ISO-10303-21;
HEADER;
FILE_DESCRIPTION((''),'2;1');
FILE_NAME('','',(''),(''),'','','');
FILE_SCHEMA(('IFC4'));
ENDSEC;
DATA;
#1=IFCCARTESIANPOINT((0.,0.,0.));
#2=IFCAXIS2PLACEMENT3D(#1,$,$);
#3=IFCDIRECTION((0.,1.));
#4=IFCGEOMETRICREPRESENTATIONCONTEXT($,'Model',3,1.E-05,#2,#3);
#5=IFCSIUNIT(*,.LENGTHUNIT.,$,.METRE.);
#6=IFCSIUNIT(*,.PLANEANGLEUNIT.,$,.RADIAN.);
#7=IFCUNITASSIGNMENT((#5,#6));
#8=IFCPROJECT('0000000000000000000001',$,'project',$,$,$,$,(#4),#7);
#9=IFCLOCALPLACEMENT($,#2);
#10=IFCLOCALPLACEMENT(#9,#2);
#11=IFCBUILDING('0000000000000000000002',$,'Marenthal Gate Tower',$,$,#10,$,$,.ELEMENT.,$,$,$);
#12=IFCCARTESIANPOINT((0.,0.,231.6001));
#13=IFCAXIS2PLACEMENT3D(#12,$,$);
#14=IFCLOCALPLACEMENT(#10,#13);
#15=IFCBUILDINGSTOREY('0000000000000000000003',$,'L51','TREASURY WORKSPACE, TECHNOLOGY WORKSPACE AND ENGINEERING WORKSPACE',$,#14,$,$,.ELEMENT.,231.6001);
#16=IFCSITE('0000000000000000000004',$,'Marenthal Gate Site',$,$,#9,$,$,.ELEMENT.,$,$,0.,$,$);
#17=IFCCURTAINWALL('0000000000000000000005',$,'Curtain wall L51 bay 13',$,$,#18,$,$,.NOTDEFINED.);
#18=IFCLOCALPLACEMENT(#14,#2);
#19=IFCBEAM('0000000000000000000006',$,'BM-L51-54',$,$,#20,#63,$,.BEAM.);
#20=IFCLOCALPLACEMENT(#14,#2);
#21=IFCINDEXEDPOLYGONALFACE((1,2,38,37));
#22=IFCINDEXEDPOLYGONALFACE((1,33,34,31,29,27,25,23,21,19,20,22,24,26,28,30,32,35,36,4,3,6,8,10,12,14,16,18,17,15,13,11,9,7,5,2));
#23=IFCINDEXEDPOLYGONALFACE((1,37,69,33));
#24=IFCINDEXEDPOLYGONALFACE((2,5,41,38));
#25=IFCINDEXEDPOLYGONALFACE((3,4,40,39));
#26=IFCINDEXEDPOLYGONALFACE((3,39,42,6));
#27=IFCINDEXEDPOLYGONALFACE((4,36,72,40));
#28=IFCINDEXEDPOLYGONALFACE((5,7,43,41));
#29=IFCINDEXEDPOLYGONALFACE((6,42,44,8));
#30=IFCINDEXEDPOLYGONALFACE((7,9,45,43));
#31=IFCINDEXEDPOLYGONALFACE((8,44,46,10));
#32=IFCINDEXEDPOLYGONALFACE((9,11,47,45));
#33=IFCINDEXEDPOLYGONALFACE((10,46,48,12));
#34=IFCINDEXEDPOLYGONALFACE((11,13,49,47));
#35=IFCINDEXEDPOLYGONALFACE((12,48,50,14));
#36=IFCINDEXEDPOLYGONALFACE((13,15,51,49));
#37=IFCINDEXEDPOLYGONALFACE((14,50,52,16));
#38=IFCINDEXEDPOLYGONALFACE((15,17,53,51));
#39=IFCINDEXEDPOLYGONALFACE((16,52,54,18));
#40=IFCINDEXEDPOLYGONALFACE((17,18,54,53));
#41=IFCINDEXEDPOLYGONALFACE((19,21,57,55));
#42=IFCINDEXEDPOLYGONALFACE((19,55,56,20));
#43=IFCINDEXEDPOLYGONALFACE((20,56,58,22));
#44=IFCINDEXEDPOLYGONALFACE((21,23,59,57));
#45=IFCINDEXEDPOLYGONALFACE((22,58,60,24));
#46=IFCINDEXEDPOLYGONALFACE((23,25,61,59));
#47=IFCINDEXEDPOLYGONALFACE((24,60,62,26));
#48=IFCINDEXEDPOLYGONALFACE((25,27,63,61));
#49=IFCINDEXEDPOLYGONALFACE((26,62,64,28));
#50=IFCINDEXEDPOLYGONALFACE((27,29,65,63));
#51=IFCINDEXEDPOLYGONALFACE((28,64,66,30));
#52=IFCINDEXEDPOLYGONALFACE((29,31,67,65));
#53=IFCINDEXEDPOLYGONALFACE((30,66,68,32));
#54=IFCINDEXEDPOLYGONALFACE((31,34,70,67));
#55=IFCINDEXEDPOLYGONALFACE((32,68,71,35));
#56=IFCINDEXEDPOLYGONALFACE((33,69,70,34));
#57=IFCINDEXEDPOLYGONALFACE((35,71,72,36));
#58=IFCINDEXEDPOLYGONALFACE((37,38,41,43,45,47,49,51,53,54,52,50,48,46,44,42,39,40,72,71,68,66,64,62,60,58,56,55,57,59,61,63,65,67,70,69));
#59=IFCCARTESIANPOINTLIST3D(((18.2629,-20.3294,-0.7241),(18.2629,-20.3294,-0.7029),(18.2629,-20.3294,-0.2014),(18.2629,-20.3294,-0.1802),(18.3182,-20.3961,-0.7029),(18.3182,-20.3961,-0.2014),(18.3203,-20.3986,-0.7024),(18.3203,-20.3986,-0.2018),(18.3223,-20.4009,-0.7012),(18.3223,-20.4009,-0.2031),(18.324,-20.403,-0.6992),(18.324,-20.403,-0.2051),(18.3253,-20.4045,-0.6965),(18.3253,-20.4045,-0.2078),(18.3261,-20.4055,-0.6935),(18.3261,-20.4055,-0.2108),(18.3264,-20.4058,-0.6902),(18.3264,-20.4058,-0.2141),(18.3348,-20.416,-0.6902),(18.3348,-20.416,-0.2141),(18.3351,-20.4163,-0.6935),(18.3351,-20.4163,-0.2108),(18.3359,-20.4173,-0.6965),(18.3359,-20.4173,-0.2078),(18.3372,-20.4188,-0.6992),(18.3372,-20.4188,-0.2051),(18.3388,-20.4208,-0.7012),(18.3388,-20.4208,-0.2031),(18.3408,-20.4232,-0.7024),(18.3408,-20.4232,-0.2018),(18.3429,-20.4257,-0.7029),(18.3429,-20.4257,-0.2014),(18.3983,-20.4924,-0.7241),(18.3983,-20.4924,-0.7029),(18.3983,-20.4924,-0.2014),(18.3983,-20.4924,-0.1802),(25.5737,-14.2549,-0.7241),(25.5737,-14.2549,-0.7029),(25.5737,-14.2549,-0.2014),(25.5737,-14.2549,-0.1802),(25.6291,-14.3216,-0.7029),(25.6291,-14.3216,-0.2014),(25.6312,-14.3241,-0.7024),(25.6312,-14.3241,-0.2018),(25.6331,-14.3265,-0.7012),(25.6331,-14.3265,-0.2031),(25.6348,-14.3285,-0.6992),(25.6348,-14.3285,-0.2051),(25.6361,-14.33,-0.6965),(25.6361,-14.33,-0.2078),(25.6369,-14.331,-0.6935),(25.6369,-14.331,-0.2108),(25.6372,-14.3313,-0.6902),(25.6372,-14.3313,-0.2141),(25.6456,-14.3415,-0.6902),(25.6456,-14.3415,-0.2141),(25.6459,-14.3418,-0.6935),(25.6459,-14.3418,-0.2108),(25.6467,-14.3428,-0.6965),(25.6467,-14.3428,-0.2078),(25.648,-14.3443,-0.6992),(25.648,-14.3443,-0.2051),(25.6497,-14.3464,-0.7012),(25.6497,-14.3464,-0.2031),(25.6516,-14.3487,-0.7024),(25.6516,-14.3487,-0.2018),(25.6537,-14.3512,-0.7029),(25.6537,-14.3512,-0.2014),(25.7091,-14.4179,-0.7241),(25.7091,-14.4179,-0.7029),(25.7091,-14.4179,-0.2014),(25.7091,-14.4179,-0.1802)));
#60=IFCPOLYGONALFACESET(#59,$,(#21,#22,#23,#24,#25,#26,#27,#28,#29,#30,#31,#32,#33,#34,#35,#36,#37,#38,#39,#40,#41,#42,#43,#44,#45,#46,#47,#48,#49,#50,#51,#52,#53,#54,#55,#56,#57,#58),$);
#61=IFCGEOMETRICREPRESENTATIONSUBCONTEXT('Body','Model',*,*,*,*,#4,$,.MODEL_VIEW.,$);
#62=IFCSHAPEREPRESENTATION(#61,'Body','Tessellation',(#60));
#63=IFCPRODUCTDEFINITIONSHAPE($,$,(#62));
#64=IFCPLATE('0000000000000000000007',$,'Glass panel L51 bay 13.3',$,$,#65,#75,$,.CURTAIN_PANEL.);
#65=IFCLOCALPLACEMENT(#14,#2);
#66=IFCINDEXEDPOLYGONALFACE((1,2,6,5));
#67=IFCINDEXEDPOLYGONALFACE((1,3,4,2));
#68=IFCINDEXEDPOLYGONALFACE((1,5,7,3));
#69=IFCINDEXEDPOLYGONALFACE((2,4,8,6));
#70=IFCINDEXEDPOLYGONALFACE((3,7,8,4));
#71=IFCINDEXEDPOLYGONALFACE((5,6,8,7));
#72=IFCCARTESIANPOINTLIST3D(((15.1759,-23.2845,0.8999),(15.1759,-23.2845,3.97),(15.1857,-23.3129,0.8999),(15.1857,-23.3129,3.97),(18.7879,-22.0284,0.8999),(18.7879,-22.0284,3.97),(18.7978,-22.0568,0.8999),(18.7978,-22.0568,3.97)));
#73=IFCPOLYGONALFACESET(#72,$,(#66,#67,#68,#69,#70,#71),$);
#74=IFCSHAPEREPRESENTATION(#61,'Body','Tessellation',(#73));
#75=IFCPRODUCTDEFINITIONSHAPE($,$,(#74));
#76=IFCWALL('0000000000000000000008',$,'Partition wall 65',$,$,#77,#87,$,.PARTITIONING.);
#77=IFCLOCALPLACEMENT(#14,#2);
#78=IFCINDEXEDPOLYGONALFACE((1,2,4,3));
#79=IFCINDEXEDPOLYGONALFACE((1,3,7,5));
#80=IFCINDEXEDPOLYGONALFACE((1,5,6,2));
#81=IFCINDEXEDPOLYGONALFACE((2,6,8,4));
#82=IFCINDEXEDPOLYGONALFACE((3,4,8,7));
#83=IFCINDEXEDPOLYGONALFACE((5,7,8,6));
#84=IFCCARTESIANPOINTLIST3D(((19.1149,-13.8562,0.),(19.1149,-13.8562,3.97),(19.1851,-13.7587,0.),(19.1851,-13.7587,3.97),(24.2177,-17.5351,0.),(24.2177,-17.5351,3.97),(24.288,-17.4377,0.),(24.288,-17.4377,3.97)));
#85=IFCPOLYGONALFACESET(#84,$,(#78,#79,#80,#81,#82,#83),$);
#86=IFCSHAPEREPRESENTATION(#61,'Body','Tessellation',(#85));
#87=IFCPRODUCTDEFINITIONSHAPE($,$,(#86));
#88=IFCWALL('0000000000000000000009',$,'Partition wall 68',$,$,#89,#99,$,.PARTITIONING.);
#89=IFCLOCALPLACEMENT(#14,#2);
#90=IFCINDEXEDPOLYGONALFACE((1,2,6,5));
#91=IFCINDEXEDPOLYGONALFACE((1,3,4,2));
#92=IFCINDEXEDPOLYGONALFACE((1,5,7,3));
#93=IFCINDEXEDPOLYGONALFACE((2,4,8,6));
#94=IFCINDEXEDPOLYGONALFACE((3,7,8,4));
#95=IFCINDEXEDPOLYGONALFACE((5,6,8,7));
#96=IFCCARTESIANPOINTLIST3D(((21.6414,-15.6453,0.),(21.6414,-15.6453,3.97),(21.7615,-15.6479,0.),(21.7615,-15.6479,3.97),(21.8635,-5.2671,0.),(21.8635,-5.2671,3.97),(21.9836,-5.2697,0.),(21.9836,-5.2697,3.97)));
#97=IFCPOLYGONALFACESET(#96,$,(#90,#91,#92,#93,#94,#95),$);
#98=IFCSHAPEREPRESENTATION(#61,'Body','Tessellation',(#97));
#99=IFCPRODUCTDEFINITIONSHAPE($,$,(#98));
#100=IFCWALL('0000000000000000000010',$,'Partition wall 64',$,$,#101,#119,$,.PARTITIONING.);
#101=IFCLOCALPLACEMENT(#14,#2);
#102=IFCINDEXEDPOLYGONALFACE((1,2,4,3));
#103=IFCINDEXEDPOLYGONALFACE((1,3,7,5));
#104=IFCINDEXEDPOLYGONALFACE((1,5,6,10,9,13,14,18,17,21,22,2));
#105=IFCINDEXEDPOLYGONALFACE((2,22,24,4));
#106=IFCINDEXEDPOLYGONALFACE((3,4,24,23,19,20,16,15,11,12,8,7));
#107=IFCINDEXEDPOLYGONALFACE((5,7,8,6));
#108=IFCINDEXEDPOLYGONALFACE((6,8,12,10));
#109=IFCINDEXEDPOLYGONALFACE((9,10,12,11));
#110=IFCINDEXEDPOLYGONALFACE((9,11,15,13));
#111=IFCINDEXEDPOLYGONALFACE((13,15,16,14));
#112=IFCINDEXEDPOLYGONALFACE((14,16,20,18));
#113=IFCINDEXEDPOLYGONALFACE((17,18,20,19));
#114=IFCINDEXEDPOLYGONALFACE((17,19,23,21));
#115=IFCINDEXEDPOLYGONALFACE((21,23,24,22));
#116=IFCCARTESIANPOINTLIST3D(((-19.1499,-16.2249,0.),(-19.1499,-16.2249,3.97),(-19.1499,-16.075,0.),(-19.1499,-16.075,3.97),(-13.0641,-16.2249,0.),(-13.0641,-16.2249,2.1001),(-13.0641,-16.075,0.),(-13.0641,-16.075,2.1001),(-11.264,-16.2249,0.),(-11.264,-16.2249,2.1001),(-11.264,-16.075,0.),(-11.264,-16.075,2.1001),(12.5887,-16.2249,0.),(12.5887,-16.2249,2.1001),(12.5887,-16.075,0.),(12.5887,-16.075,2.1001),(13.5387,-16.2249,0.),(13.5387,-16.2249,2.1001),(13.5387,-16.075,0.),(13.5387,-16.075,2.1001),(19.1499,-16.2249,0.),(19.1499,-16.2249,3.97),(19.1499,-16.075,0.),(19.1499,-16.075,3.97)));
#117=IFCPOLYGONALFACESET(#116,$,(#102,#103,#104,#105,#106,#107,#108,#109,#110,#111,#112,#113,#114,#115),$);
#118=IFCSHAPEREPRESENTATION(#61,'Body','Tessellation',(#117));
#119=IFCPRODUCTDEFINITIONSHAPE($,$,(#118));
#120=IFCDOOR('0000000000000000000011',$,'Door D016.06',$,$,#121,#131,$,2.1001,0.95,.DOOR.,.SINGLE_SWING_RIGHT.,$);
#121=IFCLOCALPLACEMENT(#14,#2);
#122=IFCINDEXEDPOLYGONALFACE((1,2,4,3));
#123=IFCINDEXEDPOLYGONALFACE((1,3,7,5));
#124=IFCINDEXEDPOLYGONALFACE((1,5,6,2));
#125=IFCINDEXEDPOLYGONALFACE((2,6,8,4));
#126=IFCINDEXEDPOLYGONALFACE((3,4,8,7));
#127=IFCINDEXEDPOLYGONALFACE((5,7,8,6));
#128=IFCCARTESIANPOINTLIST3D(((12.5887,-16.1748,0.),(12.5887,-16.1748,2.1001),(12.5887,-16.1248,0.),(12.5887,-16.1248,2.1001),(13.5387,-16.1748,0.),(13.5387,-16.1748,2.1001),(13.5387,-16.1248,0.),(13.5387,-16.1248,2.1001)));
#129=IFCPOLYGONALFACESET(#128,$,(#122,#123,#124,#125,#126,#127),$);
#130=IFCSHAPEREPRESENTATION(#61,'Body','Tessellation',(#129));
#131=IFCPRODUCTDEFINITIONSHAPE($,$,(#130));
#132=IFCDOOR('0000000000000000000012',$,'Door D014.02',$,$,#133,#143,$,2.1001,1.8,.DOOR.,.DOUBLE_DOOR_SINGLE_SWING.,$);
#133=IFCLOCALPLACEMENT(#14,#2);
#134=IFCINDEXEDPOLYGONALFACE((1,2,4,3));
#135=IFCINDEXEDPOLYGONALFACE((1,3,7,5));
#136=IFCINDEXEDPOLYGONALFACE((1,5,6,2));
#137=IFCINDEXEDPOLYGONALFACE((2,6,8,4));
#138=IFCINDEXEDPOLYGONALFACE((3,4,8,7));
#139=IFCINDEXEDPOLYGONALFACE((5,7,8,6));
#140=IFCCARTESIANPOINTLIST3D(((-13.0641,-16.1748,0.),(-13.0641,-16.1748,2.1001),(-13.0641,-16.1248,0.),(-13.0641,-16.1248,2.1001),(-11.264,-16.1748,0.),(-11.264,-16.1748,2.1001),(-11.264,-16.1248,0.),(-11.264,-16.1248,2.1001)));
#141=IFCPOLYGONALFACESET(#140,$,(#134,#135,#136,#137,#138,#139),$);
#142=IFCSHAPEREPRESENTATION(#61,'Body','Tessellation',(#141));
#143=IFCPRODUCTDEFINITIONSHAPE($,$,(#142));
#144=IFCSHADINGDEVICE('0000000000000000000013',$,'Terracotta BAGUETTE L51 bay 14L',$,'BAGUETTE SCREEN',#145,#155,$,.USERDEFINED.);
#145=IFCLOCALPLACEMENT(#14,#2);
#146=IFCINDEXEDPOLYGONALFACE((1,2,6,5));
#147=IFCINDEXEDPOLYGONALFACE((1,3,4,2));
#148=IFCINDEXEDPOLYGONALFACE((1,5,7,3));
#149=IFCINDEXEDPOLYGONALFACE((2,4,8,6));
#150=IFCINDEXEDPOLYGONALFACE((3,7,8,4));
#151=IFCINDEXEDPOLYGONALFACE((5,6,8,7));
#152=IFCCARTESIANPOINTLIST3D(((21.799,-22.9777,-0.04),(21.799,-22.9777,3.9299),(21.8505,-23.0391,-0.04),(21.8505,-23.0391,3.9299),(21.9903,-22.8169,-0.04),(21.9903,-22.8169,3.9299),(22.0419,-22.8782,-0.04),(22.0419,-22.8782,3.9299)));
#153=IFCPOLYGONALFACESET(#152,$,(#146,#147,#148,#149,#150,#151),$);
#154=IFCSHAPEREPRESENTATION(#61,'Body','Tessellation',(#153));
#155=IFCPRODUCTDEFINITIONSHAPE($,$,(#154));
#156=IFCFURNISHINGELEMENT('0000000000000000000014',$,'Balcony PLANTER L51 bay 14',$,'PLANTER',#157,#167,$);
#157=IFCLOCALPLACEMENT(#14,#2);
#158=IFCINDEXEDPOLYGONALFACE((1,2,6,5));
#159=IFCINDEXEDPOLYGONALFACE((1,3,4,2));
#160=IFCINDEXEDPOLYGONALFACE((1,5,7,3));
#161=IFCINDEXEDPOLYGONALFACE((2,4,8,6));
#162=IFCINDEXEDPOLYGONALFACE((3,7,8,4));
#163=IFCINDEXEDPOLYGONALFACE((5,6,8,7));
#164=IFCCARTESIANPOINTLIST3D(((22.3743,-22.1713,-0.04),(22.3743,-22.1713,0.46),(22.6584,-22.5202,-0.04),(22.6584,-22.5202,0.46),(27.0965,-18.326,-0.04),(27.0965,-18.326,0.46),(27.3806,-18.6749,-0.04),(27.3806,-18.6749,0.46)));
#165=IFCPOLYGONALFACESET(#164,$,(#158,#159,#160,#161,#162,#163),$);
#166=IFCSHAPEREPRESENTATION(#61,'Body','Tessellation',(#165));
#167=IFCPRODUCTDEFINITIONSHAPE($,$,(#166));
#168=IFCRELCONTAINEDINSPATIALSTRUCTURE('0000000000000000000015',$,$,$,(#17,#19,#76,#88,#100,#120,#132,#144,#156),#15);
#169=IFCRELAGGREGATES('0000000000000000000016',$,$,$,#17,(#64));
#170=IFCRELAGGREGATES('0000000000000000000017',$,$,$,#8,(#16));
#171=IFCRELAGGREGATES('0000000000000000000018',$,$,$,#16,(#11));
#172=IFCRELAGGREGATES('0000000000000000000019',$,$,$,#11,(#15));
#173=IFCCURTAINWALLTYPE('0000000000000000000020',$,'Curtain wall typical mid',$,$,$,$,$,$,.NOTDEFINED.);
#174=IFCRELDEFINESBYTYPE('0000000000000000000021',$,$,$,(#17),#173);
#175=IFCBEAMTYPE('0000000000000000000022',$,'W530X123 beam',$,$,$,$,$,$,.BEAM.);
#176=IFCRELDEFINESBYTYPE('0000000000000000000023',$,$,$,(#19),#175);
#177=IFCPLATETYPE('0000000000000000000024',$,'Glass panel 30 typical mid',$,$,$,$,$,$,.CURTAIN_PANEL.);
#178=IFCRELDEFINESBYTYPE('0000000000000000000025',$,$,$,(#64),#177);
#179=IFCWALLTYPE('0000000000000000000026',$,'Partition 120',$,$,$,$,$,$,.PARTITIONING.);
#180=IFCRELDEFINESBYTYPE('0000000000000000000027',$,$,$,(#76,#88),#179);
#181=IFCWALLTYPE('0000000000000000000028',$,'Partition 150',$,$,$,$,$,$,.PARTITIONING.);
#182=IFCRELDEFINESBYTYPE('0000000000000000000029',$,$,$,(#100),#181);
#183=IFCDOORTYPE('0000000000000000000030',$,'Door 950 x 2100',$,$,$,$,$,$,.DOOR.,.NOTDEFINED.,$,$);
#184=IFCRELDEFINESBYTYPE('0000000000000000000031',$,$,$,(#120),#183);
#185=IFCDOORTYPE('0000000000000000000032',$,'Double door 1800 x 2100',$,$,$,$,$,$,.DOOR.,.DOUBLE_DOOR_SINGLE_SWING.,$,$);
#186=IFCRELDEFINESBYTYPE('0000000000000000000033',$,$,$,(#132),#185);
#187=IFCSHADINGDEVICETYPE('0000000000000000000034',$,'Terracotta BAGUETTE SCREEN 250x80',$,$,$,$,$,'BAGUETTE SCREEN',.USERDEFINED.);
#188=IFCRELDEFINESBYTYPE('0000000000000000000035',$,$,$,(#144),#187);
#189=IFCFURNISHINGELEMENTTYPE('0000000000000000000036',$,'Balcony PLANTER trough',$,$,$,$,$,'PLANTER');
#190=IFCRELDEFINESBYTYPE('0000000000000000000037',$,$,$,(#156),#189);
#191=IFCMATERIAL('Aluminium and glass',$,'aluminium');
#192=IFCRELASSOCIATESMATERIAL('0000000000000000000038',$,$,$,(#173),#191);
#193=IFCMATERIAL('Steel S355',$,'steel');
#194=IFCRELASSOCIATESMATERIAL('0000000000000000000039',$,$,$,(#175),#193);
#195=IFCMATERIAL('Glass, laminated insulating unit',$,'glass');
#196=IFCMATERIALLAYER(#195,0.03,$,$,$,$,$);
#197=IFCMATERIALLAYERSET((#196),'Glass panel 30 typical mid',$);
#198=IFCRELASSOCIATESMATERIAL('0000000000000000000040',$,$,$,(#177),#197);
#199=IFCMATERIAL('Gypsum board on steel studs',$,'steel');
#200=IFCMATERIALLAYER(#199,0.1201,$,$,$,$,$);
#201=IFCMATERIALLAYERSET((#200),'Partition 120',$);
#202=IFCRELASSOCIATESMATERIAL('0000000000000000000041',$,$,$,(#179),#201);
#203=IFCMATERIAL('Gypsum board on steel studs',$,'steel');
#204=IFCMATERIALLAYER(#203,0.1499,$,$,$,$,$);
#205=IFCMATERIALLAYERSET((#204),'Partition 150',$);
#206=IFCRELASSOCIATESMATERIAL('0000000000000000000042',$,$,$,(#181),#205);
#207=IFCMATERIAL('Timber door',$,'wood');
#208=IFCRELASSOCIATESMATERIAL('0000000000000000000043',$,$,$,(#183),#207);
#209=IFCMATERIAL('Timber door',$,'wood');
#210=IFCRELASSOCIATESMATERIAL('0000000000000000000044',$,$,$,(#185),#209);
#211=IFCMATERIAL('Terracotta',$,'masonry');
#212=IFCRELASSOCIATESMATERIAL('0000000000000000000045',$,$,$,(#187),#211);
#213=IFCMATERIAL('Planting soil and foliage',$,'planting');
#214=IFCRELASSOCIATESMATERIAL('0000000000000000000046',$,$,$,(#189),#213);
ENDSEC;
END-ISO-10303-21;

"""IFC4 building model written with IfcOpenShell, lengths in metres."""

from ifc_helpers import new_model, si_unit, direction, frame, frame_2d, origin, origin_2d, place, context, subcontext, project, spatial, rectangle, i_section, extrude, material, layer, layer_set, material_profile, profile_set, type_object, element, fill, aggregate, save


model = new_model("IFC4")

# Units and contexts
model_context = context("Model", 3, precision=1e-05, world=origin(), true_north=direction((0.0, 1.0)))
body_context = subcontext(model_context, "Body", "Model", "MODEL_VIEW")
ifc_project = project(units=[si_unit("LENGTHUNIT", "METRE"), si_unit("PLANEANGLEUNIT", "RADIAN")], contexts=[model_context])

# Site, building, storey
site_placement = place(None, origin())
site = spatial("IfcSite", under=ifc_project, at=site_placement, Name="Marenthal Gate Site", CompositionType="ELEMENT", RefElevation=0.0)
building_placement = place(site_placement, origin())
building = spatial("IfcBuilding", under=site, at=building_placement, Name="Marenthal Gate Tower", CompositionType="ELEMENT")
storey_placement = place(building_placement, frame((0.0, 0.0, 231.6001)))
storey = spatial("IfcBuildingStorey", under=building, at=storey_placement, Name="L51", Description="TREASURY WORKSPACE, TECHNOLOGY WORKSPACE AND ENGINEERING WORKSPACE", CompositionType="ELEMENT", Elevation=231.6001)

# Curtain wall
ifc_material_1 = material(Name="Aluminium and glass", Category="aluminium")
curtain_wall_type = type_object("IfcCurtainWallType", Name="Curtain wall typical mid", PredefinedType="NOTDEFINED", material=ifc_material_1)
curtain_wall_1_placement = place(storey_placement, origin())
curtain_wall_1 = element("IfcCurtainWall", 1, at=curtain_wall_1_placement, inside=storey, type_object=curtain_wall_type, Name="Curtain wall L51 bay 13", PredefinedType="NOTDEFINED")

# Beam
ifc_material_2 = material(Name="Steel S355", Category="steel")
ifc_material_profile_1 = material_profile(ifc_material_2, i_section(OverallWidth=0.2119, OverallDepth=0.5439, WebThickness=0.0132, FlangeThickness=0.0212, FilletRadius=0.0127, at=origin_2d()), Name="W530X123")
ifc_profile_set_1 = profile_set([ifc_material_profile_1], Name="Steel S355")
beam_type_1 = type_object("IfcBeamType", Name="W530X123 beam", PredefinedType="BEAM", material=ifc_profile_set_1)
beam_1_placement = place(storey_placement, frame((18.3306, -20.4109, -0.4521), z_axis=(0.769145, 0.639075, 0.0), x_axis=(-0.639075, 0.769145, 0.0)))
element("IfcBeam", 2, at=beam_1_placement, inside=storey, type_object=beam_type_1, Name="BM-L51-54", PredefinedType="BEAM", context=body_context, shape_type="SweptSolid", body=[
    extrude(i_section(OverallWidth=0.2119, OverallDepth=0.5439, WebThickness=0.0132, FlangeThickness=0.0212, FilletRadius=0.0127, at=origin_2d()), origin(), (0.0, 0.0, 1.0), 9.5051),
])

# Plate
ifc_material_3 = material(Name="Glass, laminated insulating unit", Category="glass")
ifc_layer_1 = layer(ifc_material_3, 0.03)
ifc_layer_set_1 = layer_set([ifc_layer_1], Name="Glass panel 30 typical mid")
plate_type = type_object("IfcPlateType", Name="Glass panel 30 typical mid", PredefinedType="CURTAIN_PANEL", material=ifc_layer_set_1)
plate_placement = place(storey_placement, frame((16.9868, -22.6707, 0.8999), z_axis=(0.0, 0.0, 1.0), x_axis=(0.944515, 0.328468, 0.0)))
plate = element("IfcPlate", 3, at=plate_placement, type_object=plate_type, Name="Glass panel L51 bay 13.3", PredefinedType="CURTAIN_PANEL", context=body_context, shape_type="SweptSolid", body=[
    extrude(rectangle(XDim=3.8242, YDim=0.03, at=origin_2d()), origin(), (0.0, 0.0, 1.0), 3.0701),
])
aggregate(curtain_wall_1, [plate])

# Walls
ifc_material_4 = material(Name="Gypsum board on steel studs", Category="steel")
ifc_layer_2 = layer(ifc_material_4, 0.1201)
ifc_layer_set_2 = layer_set([ifc_layer_2], Name="Partition 120")
wall_type_1 = type_object("IfcWallType", Name="Partition 120", PredefinedType="PARTITIONING", material=ifc_layer_set_2)
wall_1_placement = place(storey_placement, frame((19.1499, -13.8074, 0.0), z_axis=(0.0, 0.0, 1.0), x_axis=(0.811161, -0.584823, 0.0)))
element("IfcWall", 4, at=wall_1_placement, inside=storey, type_object=wall_type_1, Name="Partition wall 65", PredefinedType="PARTITIONING", context=body_context, shape_type="SweptSolid", body=[
    extrude(rectangle(XDim=6.2908, YDim=0.1201, at=frame_2d((3.1455, 0.0))), origin(), (0.0, 0.0, 1.0), 3.97),
])
wall_2_placement = place(storey_placement, frame((21.7014, -15.6467, 0.0), z_axis=(0.0, 0.0, 1.0), x_axis=(0.021402, 0.999771, 0.0)))
element("IfcWall", 5, at=wall_2_placement, inside=storey, type_object=wall_type_1, Name="Partition wall 68", PredefinedType="PARTITIONING", context=body_context, shape_type="SweptSolid", body=[
    extrude(rectangle(XDim=10.3806, YDim=0.1201, at=frame_2d((5.1904, 0.0))), origin(), (0.0, 0.0, 1.0), 3.97),
])

# Wall, openings, doors
ifc_material_5 = material(Name="Gypsum board on steel studs", Category="steel")
ifc_layer_3 = layer(ifc_material_5, 0.1499)
ifc_layer_set_3 = layer_set([ifc_layer_3], Name="Partition 150")
wall_type_2 = type_object("IfcWallType", Name="Partition 150", PredefinedType="PARTITIONING", material=ifc_layer_set_3)
wall_3_placement = place(storey_placement, frame((19.1499, -16.1499, 0.0), z_axis=(0.0, 0.0, 1.0), x_axis=(-1.0, 0.0, 0.0)))
wall_3 = element("IfcWall", 6, at=wall_3_placement, inside=storey, type_object=wall_type_2, Name="Partition wall 64", PredefinedType="PARTITIONING", context=body_context, shape_type="SweptSolid", body=[
    extrude(rectangle(XDim=38.2998, YDim=0.1499, at=frame_2d((19.1499, 0.0))), origin(), (0.0, 0.0, 1.0), 3.97),
])
opening_1_placement = place(wall_3_placement, frame((5.6111, 0.0, 0.0)))
opening_1 = element("IfcOpeningElement", 7, at=opening_1_placement, cuts=wall_3, PredefinedType="OPENING", context=body_context, shape_type="SweptSolid", body=[
    extrude(rectangle(XDim=0.95, YDim=2.1001, at=frame_2d((0.4751, 1.05))), frame((0.0, 0.085, 0.0), z_axis=(0.0, -1.0, 0.0), x_axis=(1.0, 0.0, 0.0)), (0.0, 0.0, 1.0), 0.1699),
])
opening_2_placement = place(wall_3_placement, frame((30.4141, 0.0, 0.0)))
opening_2 = element("IfcOpeningElement", 8, at=opening_2_placement, cuts=wall_3, PredefinedType="OPENING", context=body_context, shape_type="SweptSolid", body=[
    extrude(rectangle(XDim=1.8, YDim=2.1001, at=frame_2d((0.8999, 1.05))), frame((0.0, 0.085, 0.0), z_axis=(0.0, -1.0, 0.0), x_axis=(1.0, 0.0, 0.0)), (0.0, 0.0, 1.0), 0.1699),
])
ifc_material_6 = material(Name="Timber door", Category="wood")
door_type_1 = type_object("IfcDoorType", Name="Door 950 x 2100", OperationType="NOTDEFINED", PredefinedType="DOOR", material=ifc_material_6)
door_1_placement = place(opening_1_placement, origin())
door_1 = element("IfcDoor", 9, at=door_1_placement, inside=storey, type_object=door_type_1, Name="Door D016.06", OperationType="SINGLE_SWING_RIGHT", OverallHeight=2.1001, OverallWidth=0.95, PredefinedType="DOOR", context=body_context, shape_type="SweptSolid", body=[
    extrude(rectangle(XDim=0.95, YDim=2.1001, at=frame_2d((0.4751, 1.05))), frame((0.0, 0.0249, 0.0), z_axis=(0.0, -1.0, 0.0), x_axis=(1.0, 0.0, 0.0)), (0.0, 0.0, 1.0), 0.05),
])
fill(opening_1, door_1)
ifc_material_7 = material(Name="Timber door", Category="wood")
door_type_2 = type_object("IfcDoorType", Name="Double door 1800 x 2100", OperationType="DOUBLE_DOOR_SINGLE_SWING", PredefinedType="DOOR", material=ifc_material_7)
door_2_placement = place(opening_2_placement, origin())
door_2 = element("IfcDoor", 10, at=door_2_placement, inside=storey, type_object=door_type_2, Name="Door D014.02", OperationType="DOUBLE_DOOR_SINGLE_SWING", OverallHeight=2.1001, OverallWidth=1.8, PredefinedType="DOOR", context=body_context, shape_type="SweptSolid", body=[
    extrude(rectangle(XDim=1.8, YDim=2.1001, at=frame_2d((0.8999, 1.05))), frame((0.0, 0.0249, 0.0), z_axis=(0.0, -1.0, 0.0), x_axis=(1.0, 0.0, 0.0)), (0.0, 0.0, 1.0), 0.05),
])
fill(opening_2, door_2)

# Shading device
ifc_material_8 = material(Name="Terracotta", Category="masonry")
ifc_material_profile_2 = material_profile(ifc_material_8, rectangle(XDim=0.25, YDim=0.0801, at=origin_2d()), Name="Terracotta baguette 250x80")
ifc_profile_set_2 = profile_set([ifc_material_profile_2], Name="Terracotta")
shading_device_type = type_object("IfcShadingDeviceType", Name="Terracotta BAGUETTE SCREEN 250x80", ElementType="BAGUETTE SCREEN", PredefinedType="USERDEFINED", material=ifc_profile_set_2)
shading_device_placement = place(storey_placement, frame((21.9204, -22.928, -0.04), z_axis=(0.0, 0.0, 1.0), x_axis=(0.765551, 0.643375, 0.0)))
element("IfcShadingDevice", 11, at=shading_device_placement, inside=storey, type_object=shading_device_type, Name="Terracotta BAGUETTE L51 bay 14L", ObjectType="BAGUETTE SCREEN", PredefinedType="USERDEFINED", context=body_context, shape_type="SweptSolid", body=[
    extrude(rectangle(XDim=0.25, YDim=0.0801, at=origin_2d()), origin(), (0.0, 0.0, 1.0), 3.97),
])

# Furnishing element
ifc_material_9 = material(Name="Planting soil and foliage", Category="planting")
furnishing_element_type = type_object("IfcFurnishingElementType", Name="Balcony PLANTER trough", ElementType="PLANTER", material=ifc_material_9)
furnishing_placement = place(storey_placement, frame((24.8774, -20.4231, -0.04), z_axis=(0.0, 0.0, 1.0), x_axis=(0.775432, 0.631432, 0.0)))
element("IfcFurnishingElement", 12, at=furnishing_placement, inside=storey, type_object=furnishing_element_type, Name="Balcony PLANTER L51 bay 14", ObjectType="PLANTER", context=body_context, shape_type="SweptSolid", body=[
    extrude(rectangle(XDim=6.0898, YDim=0.45, at=origin_2d()), origin(), (0.0, 0.0, 1.0), 0.5),
])

save(model, "model.ifc")
